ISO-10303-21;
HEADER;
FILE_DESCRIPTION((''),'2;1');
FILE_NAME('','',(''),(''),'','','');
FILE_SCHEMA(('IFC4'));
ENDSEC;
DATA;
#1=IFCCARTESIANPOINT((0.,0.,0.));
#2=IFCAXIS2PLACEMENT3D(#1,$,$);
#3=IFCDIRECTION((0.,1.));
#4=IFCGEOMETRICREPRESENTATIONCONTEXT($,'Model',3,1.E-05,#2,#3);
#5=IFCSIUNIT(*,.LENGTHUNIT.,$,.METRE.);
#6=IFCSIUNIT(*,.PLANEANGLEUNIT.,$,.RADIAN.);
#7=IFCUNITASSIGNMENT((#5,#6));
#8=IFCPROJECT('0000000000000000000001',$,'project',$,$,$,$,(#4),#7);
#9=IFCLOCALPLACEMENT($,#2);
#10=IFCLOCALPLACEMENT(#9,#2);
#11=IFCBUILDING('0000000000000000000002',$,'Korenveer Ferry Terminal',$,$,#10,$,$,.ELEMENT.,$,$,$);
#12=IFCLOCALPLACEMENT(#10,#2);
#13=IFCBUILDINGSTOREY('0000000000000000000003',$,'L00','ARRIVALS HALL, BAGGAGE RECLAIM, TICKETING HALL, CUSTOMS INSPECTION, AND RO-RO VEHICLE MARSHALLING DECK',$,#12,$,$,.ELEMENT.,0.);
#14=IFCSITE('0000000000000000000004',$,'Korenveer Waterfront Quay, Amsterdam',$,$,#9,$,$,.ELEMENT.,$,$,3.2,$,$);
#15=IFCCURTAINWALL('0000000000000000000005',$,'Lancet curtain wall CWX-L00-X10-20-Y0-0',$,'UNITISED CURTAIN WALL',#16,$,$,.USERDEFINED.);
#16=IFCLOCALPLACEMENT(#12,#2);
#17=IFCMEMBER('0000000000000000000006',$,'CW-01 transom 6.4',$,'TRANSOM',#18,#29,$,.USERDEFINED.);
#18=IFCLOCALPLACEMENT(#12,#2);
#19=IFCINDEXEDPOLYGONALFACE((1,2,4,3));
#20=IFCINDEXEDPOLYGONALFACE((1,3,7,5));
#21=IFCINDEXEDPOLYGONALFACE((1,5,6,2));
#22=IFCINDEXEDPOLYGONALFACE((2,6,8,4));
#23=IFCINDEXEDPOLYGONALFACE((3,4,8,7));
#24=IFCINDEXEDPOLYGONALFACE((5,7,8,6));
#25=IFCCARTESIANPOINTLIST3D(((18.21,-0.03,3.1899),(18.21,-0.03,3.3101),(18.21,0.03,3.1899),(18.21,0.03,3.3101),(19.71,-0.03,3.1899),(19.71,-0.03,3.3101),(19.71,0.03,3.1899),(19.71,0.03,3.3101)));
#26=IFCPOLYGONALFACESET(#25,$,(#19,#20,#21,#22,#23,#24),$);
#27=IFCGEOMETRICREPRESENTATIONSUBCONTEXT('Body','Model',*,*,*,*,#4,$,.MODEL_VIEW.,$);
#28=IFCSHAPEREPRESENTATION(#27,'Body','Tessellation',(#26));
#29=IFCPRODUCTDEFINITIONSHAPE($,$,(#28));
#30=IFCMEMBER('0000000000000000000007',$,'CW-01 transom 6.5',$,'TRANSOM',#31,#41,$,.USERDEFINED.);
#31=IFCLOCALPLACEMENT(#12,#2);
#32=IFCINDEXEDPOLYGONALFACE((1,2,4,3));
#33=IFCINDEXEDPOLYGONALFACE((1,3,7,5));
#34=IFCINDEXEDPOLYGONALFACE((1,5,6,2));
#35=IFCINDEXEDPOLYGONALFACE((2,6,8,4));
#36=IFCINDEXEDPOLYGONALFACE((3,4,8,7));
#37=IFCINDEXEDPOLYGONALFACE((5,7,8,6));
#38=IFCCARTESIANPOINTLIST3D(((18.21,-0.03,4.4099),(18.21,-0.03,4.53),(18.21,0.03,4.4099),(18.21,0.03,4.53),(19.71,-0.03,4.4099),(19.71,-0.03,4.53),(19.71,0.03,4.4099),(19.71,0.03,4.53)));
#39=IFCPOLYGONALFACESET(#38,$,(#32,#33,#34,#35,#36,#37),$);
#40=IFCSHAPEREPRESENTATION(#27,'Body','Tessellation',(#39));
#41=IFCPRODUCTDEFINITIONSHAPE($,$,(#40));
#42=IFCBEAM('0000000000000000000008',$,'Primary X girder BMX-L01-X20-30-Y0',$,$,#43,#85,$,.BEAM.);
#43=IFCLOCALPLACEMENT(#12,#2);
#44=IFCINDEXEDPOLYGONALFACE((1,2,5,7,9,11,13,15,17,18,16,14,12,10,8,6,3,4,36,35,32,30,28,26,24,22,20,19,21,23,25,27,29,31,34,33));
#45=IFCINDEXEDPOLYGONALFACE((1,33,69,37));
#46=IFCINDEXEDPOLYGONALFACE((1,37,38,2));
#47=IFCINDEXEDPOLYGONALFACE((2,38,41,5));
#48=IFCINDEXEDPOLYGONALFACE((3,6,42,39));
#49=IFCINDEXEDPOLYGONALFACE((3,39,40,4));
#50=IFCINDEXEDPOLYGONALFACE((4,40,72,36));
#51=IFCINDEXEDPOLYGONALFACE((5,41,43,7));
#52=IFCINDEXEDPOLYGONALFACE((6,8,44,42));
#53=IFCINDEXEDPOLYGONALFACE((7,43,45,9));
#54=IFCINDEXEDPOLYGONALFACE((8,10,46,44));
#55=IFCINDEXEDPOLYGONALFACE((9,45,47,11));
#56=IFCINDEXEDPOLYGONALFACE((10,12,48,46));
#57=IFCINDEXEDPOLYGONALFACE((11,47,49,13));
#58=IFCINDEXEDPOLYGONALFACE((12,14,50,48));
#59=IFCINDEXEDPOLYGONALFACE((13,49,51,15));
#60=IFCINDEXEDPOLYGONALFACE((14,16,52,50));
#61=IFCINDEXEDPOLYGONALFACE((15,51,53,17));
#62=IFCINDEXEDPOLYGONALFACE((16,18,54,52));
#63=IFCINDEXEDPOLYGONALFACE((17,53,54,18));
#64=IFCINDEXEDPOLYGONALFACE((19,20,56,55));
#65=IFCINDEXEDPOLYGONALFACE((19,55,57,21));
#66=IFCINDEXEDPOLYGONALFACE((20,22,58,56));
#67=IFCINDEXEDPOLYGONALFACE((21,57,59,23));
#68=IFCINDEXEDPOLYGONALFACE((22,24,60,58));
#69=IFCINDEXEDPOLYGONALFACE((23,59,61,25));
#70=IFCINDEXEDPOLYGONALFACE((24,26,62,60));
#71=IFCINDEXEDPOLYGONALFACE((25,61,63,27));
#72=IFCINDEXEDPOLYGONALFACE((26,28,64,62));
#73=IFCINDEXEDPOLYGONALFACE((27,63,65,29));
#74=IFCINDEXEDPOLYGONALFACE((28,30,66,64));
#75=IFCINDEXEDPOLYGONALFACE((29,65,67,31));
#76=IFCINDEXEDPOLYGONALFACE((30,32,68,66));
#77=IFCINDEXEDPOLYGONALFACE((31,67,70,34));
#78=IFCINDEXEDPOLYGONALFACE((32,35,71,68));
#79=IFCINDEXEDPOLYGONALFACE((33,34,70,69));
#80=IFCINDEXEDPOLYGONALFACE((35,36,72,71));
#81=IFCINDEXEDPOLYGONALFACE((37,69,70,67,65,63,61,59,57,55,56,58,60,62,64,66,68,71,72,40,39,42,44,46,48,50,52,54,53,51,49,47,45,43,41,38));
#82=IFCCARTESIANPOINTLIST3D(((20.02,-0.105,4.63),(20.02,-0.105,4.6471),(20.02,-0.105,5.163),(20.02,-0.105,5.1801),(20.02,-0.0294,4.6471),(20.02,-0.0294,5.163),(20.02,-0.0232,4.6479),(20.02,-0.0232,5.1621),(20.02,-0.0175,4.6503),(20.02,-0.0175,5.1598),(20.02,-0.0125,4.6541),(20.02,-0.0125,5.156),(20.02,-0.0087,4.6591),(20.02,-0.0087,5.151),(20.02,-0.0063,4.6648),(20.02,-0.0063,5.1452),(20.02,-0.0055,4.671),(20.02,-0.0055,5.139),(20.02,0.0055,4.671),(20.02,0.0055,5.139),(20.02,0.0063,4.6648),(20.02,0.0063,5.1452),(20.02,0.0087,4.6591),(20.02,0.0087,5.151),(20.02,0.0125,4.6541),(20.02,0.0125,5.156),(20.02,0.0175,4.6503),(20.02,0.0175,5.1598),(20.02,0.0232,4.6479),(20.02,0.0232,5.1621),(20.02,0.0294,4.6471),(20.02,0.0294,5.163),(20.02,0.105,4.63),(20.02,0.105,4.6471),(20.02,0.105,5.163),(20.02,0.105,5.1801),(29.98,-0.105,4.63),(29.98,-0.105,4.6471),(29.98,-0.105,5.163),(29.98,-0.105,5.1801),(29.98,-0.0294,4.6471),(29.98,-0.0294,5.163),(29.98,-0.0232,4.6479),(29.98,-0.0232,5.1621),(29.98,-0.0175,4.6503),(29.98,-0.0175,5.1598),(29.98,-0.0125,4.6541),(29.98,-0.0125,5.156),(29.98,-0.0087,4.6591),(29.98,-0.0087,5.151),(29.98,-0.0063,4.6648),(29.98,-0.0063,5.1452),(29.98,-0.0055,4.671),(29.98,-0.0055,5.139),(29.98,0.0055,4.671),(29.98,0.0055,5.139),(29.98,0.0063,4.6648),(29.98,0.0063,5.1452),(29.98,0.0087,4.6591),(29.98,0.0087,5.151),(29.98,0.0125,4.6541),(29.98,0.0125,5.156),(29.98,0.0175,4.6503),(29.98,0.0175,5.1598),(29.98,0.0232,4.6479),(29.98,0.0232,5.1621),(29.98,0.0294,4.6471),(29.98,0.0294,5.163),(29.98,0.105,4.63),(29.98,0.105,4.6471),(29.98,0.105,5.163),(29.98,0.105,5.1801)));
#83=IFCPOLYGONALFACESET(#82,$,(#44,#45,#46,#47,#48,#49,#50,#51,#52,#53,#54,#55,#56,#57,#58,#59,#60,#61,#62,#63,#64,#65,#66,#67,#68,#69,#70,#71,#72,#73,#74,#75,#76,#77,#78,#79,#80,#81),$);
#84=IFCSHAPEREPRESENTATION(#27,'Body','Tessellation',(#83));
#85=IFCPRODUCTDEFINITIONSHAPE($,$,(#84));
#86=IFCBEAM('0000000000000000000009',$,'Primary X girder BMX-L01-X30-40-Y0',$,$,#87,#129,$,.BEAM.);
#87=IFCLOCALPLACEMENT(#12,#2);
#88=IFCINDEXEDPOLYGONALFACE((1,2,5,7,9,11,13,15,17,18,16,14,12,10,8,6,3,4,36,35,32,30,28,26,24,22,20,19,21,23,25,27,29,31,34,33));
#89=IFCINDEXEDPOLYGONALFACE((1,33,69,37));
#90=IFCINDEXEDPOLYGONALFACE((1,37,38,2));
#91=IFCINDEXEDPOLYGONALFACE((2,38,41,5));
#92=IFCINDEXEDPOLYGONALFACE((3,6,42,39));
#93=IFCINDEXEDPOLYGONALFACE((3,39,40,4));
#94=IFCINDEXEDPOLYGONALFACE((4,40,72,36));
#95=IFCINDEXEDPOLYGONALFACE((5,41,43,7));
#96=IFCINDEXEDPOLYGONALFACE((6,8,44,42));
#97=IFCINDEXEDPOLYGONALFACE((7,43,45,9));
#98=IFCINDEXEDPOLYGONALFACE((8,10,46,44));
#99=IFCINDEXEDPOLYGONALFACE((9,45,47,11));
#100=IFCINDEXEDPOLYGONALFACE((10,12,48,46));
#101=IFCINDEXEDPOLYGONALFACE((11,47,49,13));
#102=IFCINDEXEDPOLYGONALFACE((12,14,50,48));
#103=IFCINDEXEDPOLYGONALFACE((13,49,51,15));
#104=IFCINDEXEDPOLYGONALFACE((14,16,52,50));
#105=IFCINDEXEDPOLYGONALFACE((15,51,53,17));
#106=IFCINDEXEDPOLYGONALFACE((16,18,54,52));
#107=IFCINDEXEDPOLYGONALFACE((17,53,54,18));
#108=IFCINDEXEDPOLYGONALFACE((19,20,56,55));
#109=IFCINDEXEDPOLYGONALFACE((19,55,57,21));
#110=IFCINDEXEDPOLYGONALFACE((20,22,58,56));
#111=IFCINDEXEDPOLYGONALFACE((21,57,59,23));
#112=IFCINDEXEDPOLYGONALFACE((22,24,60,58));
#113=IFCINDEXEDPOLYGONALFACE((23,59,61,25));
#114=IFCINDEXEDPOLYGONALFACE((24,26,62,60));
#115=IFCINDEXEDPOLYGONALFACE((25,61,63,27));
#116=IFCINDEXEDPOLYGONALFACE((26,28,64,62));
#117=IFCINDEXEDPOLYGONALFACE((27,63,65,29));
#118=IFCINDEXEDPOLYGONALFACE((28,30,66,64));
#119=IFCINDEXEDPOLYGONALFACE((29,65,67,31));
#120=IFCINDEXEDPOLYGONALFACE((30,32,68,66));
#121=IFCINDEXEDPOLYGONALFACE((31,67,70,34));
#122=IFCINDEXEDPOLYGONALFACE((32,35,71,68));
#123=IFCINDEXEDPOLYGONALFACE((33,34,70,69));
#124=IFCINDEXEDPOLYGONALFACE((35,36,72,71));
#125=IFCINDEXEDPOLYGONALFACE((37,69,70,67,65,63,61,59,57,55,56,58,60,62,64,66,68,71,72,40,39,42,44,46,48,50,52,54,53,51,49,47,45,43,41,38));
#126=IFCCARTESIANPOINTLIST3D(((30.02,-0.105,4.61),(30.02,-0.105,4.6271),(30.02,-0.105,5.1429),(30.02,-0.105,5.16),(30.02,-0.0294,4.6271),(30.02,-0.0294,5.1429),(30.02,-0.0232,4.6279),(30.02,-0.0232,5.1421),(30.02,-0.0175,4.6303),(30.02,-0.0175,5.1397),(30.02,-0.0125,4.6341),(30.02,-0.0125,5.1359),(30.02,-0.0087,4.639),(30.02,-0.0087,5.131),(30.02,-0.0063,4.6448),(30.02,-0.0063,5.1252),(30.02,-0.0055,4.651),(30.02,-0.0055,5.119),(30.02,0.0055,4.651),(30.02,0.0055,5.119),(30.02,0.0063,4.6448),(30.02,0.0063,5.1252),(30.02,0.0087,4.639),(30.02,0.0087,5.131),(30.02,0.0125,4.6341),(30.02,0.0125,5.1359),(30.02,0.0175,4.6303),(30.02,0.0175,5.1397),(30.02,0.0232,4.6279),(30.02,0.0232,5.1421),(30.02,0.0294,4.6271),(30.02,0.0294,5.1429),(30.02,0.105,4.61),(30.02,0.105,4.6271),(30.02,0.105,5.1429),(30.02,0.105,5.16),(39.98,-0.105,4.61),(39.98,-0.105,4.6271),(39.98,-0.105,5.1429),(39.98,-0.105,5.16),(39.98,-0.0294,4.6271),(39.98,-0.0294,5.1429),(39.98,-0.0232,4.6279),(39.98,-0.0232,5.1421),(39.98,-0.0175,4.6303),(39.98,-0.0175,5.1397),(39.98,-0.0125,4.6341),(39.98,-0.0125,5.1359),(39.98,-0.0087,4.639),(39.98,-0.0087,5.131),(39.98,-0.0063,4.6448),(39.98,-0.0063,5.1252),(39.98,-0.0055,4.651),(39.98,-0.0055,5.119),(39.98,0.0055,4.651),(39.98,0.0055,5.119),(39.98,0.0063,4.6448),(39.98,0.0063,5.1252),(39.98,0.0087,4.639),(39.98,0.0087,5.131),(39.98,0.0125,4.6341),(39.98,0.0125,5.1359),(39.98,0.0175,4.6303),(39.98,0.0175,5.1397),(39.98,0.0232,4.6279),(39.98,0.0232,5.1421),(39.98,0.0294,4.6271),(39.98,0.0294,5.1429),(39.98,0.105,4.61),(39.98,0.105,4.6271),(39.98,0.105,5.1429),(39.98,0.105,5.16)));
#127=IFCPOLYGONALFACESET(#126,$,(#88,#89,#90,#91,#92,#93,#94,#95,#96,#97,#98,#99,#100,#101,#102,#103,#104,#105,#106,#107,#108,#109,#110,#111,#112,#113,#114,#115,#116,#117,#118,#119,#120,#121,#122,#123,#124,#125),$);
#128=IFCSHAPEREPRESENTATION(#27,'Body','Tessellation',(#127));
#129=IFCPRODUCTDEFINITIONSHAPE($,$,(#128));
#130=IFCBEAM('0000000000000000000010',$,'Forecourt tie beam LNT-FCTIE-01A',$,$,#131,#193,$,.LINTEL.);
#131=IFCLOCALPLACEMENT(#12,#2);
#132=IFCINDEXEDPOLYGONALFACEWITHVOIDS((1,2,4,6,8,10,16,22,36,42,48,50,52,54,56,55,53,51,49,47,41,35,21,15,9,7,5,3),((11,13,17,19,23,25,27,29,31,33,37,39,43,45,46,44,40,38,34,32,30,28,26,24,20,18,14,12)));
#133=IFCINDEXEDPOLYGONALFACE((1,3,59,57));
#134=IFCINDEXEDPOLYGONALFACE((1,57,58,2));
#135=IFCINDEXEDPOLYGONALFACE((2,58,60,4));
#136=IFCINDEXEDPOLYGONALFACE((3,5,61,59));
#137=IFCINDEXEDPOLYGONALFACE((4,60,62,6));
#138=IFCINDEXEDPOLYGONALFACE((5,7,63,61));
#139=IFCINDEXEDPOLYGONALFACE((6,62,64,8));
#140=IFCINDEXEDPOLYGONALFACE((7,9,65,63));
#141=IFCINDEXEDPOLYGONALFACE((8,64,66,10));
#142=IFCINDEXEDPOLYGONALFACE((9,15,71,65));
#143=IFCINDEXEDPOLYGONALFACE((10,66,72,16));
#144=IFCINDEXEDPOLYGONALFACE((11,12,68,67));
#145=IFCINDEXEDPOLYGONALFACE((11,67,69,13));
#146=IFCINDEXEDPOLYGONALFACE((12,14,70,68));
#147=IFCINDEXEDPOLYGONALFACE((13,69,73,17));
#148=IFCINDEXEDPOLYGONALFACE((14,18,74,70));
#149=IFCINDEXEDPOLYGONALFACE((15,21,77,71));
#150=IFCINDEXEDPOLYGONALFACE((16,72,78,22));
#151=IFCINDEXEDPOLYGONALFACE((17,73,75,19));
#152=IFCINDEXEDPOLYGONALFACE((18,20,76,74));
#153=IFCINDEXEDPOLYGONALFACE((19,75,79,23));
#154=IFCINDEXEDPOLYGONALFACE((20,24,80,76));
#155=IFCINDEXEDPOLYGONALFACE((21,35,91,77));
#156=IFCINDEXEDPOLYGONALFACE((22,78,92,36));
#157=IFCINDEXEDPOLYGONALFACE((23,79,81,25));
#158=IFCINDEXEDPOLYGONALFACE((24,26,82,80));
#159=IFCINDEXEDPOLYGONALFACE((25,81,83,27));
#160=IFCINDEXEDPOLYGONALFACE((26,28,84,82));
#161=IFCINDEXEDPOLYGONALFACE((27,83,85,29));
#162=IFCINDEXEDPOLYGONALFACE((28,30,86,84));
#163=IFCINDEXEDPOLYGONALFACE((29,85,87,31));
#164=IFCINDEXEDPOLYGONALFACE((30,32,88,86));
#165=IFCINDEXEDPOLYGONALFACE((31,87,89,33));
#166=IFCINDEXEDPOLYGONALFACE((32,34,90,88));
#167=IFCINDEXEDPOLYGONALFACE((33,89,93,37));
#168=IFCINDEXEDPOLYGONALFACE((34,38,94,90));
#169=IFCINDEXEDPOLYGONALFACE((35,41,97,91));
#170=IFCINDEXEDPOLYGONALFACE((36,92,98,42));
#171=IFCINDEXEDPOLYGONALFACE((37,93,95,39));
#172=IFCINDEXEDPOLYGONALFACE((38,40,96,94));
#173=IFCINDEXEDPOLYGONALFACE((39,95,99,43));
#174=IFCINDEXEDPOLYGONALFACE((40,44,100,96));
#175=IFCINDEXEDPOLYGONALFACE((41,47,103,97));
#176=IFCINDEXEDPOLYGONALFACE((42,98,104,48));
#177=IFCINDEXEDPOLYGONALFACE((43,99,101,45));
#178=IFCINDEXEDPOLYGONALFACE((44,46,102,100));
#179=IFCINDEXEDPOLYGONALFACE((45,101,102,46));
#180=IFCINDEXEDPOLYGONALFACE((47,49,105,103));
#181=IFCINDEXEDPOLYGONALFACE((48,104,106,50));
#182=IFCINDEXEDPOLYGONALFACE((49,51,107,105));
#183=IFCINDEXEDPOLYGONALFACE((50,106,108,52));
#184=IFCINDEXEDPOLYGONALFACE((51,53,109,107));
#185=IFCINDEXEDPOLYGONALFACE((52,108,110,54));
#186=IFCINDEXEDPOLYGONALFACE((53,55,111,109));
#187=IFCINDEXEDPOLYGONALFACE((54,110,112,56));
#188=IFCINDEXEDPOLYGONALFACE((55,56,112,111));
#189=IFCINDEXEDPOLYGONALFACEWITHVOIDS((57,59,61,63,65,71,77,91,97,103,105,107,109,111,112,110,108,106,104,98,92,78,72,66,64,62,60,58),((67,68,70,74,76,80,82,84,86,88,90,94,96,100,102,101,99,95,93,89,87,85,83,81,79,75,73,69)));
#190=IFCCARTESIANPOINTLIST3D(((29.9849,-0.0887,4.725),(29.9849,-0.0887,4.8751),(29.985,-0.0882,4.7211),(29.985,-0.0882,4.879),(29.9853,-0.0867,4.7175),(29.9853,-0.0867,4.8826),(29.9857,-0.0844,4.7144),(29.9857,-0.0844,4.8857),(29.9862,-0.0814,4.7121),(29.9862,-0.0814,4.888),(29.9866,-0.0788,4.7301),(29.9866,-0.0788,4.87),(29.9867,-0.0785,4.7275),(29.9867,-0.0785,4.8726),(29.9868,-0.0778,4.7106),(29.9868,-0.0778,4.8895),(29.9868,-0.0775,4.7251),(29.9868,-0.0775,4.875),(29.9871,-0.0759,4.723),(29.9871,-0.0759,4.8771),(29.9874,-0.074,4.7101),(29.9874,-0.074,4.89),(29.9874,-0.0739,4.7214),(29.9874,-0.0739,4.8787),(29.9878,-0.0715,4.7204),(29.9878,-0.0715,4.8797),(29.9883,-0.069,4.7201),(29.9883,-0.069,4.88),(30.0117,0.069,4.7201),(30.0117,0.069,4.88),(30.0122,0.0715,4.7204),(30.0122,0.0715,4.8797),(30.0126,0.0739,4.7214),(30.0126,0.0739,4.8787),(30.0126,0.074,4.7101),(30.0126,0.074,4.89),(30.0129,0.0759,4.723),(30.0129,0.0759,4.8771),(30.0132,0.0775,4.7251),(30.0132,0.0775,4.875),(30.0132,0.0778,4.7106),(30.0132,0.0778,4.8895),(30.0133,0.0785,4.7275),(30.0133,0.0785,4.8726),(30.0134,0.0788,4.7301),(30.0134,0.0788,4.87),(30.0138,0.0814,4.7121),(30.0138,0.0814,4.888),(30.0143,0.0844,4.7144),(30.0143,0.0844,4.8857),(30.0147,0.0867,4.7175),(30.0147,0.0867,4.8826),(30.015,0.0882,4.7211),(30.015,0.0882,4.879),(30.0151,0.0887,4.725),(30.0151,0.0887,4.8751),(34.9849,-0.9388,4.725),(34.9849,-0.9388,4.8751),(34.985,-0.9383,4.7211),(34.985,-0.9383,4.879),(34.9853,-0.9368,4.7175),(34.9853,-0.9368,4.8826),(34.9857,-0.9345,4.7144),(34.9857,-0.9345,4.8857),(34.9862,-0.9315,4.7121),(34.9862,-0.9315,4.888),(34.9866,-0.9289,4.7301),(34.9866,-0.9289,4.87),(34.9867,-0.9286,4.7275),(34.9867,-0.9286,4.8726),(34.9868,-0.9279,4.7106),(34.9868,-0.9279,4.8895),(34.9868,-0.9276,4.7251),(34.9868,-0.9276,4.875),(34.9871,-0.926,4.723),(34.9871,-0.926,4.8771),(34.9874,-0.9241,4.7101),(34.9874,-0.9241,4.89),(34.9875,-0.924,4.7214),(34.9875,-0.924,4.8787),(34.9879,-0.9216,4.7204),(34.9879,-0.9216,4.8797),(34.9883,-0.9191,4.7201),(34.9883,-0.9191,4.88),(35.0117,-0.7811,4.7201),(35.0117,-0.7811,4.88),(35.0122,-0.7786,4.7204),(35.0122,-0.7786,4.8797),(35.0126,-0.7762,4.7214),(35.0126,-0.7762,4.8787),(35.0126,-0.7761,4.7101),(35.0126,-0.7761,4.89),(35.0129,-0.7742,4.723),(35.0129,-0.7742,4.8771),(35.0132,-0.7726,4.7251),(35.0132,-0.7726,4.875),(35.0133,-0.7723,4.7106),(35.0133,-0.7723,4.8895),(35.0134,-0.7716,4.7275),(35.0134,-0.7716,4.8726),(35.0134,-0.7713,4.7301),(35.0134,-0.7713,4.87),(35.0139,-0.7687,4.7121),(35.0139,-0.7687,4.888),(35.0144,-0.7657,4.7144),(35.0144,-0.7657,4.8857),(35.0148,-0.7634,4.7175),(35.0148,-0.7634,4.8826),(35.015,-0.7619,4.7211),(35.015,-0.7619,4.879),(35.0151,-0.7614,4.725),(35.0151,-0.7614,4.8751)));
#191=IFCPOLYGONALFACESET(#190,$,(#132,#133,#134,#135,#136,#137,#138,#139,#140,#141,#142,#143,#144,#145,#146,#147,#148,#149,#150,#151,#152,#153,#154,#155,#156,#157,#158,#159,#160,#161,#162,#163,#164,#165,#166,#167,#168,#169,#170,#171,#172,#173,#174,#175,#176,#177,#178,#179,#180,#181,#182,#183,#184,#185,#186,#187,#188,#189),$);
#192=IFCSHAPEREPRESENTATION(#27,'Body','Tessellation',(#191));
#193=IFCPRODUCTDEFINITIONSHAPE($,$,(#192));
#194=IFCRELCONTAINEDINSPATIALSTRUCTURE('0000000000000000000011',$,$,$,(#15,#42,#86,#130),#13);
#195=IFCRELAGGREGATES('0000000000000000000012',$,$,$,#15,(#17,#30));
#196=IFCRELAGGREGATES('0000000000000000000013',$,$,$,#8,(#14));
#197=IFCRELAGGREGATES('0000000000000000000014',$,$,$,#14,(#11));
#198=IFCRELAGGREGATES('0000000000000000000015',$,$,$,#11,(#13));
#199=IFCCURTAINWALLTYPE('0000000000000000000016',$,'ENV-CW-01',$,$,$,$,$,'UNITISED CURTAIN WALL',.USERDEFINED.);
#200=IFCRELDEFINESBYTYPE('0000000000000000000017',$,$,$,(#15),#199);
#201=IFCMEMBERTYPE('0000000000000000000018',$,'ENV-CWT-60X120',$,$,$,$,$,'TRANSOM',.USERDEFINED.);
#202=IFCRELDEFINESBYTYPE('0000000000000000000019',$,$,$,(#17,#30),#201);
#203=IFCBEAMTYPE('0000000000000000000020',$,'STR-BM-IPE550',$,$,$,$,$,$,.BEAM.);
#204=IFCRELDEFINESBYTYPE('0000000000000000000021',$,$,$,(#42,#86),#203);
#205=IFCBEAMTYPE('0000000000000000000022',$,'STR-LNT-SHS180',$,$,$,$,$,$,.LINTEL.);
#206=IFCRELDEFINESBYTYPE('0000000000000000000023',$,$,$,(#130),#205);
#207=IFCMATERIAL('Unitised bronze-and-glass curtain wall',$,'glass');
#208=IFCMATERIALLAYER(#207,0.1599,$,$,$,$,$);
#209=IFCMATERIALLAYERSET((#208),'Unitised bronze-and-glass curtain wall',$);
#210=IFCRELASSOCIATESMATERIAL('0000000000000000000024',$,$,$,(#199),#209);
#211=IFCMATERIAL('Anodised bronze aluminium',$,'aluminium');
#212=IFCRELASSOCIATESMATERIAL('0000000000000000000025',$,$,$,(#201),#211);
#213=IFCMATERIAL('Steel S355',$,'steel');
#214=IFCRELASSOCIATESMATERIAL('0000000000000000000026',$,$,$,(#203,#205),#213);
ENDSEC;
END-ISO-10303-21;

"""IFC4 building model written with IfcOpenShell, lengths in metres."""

from ifc_helpers import new_model, si_unit, direction, frame, origin, origin_2d, place, context, subcontext, project, spatial, rectangle, hollow_rectangle, i_section, extrude, material, layer, layer_set, material_profile, profile_set, type_object, element, aggregate, save


model = new_model("IFC4")

# Units and contexts
model_context = context("Model", 3, precision=1e-05, world=origin(), true_north=direction((0.0, 1.0)))
body_context = subcontext(model_context, "Body", "Model", "MODEL_VIEW")
ifc_project = project(units=[si_unit("LENGTHUNIT", "METRE"), si_unit("PLANEANGLEUNIT", "RADIAN")], contexts=[model_context])

# Site, building, storey
site_placement = place(None, origin())
site = spatial("IfcSite", under=ifc_project, at=site_placement, Name="Korenveer Waterfront Quay, Amsterdam", CompositionType="ELEMENT", RefElevation=3.2)
building_placement = place(site_placement, origin())
building = spatial("IfcBuilding", under=site, at=building_placement, Name="Korenveer Ferry Terminal", CompositionType="ELEMENT")
storey_placement = place(building_placement, origin())
storey = spatial("IfcBuildingStorey", under=building, at=storey_placement, Name="L00", Description="ARRIVALS HALL, BAGGAGE RECLAIM, TICKETING HALL, CUSTOMS INSPECTION, AND RO-RO VEHICLE MARSHALLING DECK", CompositionType="ELEMENT", Elevation=0.0)

# Curtain wall, members
ifc_material_1 = material(Name="Unitised bronze-and-glass curtain wall", Category="glass")
ifc_layer_1 = layer(ifc_material_1, 0.1599)
ifc_layer_set_1 = layer_set([ifc_layer_1], Name="Unitised bronze-and-glass curtain wall")
curtain_wall_type = type_object("IfcCurtainWallType", Name="ENV-CW-01", ElementType="UNITISED CURTAIN WALL", PredefinedType="USERDEFINED", material=ifc_layer_set_1)
curtain_wall_placement = place(storey_placement, frame((10.23, 0.0, 0.0)))
curtain_wall = element("IfcCurtainWall", 1, at=curtain_wall_placement, inside=storey, type_object=curtain_wall_type, Name="Lancet curtain wall CWX-L00-X10-20-Y0-0", ObjectType="UNITISED CURTAIN WALL", PredefinedType="USERDEFINED")
ifc_material_2 = material(Name="Anodised bronze aluminium", Category="aluminium")
ifc_material_profile_1 = material_profile(ifc_material_2, rectangle(XDim=0.0601, YDim=0.1201, at=origin_2d()), Name="ALU 60x120")
ifc_profile_set_1 = profile_set([ifc_material_profile_1], Name="Anodised bronze aluminium")
member_type_1 = type_object("IfcMemberType", Name="ENV-CWT-60X120", ElementType="TRANSOM", PredefinedType="USERDEFINED", material=ifc_profile_set_1)
member_1_placement = place(storey_placement, frame((18.21, 0.0, 3.25), z_axis=(1.0, 0.0, 0.0), x_axis=(0.0, 1.0, 0.0)))
member_1 = element("IfcMember", 2, at=member_1_placement, type_object=member_type_1, Name="CW-01 transom 6.4", ObjectType="TRANSOM", PredefinedType="USERDEFINED", context=body_context, shape_type="SweptSolid", body=[
    extrude(rectangle(XDim=0.0601, YDim=0.1201, at=origin_2d()), origin(), (0.0, 0.0, 1.0), 1.5),
])
member_2_placement = place(storey_placement, frame((18.21, 0.0, 4.47), z_axis=(1.0, 0.0, 0.0), x_axis=(0.0, 1.0, 0.0)))
member_2 = element("IfcMember", 3, at=member_2_placement, type_object=member_type_1, Name="CW-01 transom 6.5", ObjectType="TRANSOM", PredefinedType="USERDEFINED", context=body_context, shape_type="SweptSolid", body=[
    extrude(rectangle(XDim=0.0601, YDim=0.1201, at=origin_2d()), origin(), (0.0, 0.0, 1.0), 1.5),
])

# Beams
ifc_material_3 = material(Name="Steel S355", Category="steel")
ifc_material_profile_2 = material_profile(ifc_material_3, i_section(OverallWidth=0.21, OverallDepth=0.55, WebThickness=0.011, FlangeThickness=0.0171, FilletRadius=0.0239, at=origin_2d()), Name="IPE 550")
ifc_profile_set_2 = profile_set([ifc_material_profile_2], Name="Steel S355")
beam_type_1 = type_object("IfcBeamType", Name="STR-BM-IPE550", PredefinedType="BEAM", material=ifc_profile_set_2)
for number, where, z_axis, x_axis, name in (
    (4, (20.02, 0.0, 4.905), (1.0, 0.0, 0.0), (0.0, 1.0, 0.0), "Primary X girder BMX-L01-X20-30-Y0"),
    (5, (30.02, 0.0, 4.885), (1.0, 0.0, 0.0), (0.0, 1.0, 0.0), "Primary X girder BMX-L01-X30-40-Y0"),
):
    element("IfcBeam", number, at=place(storey_placement, frame(where, z_axis=z_axis, x_axis=x_axis)), inside=storey, type_object=beam_type_1, Name=name, PredefinedType="BEAM", context=body_context, shape_type="SweptSolid", body=[
        extrude(i_section(OverallWidth=0.21, OverallDepth=0.55, WebThickness=0.011, FlangeThickness=0.0171, FilletRadius=0.0239, at=origin_2d()), origin(), (0.0, 0.0, 1.0), 9.96),
    ])
ifc_material_profile_3 = material_profile(ifc_material_3, hollow_rectangle(XDim=0.1799, YDim=0.1799, WallThickness=0.01, InnerFilletRadius=0.01, OuterFilletRadius=0.0149, at=origin_2d()), Name="SHS 180x180x10")
ifc_profile_set_3 = profile_set([ifc_material_profile_3], Name="Steel S355")
beam_type_2 = type_object("IfcBeamType", Name="STR-LNT-SHS180", PredefinedType="LINTEL", material=ifc_profile_set_3)
beam_placement = place(storey_placement, frame((30.0, 0.0, 4.8), z_axis=(0.985853, -0.167614, 0.0), x_axis=(0.167614, 0.985853, 0.0)))
element("IfcBeam", 6, at=beam_placement, inside=storey, type_object=beam_type_2, Name="Forecourt tie beam LNT-FCTIE-01A", PredefinedType="LINTEL", context=body_context, shape_type="SweptSolid", body=[
    extrude(hollow_rectangle(XDim=0.1799, YDim=0.1799, WallThickness=0.01, InnerFilletRadius=0.01, OuterFilletRadius=0.0149, at=origin_2d()), origin(), (0.0, 0.0, 1.0), 5.0718),
])

aggregate(curtain_wall, [member_1, member_2])

save(model, "model.ifc")
